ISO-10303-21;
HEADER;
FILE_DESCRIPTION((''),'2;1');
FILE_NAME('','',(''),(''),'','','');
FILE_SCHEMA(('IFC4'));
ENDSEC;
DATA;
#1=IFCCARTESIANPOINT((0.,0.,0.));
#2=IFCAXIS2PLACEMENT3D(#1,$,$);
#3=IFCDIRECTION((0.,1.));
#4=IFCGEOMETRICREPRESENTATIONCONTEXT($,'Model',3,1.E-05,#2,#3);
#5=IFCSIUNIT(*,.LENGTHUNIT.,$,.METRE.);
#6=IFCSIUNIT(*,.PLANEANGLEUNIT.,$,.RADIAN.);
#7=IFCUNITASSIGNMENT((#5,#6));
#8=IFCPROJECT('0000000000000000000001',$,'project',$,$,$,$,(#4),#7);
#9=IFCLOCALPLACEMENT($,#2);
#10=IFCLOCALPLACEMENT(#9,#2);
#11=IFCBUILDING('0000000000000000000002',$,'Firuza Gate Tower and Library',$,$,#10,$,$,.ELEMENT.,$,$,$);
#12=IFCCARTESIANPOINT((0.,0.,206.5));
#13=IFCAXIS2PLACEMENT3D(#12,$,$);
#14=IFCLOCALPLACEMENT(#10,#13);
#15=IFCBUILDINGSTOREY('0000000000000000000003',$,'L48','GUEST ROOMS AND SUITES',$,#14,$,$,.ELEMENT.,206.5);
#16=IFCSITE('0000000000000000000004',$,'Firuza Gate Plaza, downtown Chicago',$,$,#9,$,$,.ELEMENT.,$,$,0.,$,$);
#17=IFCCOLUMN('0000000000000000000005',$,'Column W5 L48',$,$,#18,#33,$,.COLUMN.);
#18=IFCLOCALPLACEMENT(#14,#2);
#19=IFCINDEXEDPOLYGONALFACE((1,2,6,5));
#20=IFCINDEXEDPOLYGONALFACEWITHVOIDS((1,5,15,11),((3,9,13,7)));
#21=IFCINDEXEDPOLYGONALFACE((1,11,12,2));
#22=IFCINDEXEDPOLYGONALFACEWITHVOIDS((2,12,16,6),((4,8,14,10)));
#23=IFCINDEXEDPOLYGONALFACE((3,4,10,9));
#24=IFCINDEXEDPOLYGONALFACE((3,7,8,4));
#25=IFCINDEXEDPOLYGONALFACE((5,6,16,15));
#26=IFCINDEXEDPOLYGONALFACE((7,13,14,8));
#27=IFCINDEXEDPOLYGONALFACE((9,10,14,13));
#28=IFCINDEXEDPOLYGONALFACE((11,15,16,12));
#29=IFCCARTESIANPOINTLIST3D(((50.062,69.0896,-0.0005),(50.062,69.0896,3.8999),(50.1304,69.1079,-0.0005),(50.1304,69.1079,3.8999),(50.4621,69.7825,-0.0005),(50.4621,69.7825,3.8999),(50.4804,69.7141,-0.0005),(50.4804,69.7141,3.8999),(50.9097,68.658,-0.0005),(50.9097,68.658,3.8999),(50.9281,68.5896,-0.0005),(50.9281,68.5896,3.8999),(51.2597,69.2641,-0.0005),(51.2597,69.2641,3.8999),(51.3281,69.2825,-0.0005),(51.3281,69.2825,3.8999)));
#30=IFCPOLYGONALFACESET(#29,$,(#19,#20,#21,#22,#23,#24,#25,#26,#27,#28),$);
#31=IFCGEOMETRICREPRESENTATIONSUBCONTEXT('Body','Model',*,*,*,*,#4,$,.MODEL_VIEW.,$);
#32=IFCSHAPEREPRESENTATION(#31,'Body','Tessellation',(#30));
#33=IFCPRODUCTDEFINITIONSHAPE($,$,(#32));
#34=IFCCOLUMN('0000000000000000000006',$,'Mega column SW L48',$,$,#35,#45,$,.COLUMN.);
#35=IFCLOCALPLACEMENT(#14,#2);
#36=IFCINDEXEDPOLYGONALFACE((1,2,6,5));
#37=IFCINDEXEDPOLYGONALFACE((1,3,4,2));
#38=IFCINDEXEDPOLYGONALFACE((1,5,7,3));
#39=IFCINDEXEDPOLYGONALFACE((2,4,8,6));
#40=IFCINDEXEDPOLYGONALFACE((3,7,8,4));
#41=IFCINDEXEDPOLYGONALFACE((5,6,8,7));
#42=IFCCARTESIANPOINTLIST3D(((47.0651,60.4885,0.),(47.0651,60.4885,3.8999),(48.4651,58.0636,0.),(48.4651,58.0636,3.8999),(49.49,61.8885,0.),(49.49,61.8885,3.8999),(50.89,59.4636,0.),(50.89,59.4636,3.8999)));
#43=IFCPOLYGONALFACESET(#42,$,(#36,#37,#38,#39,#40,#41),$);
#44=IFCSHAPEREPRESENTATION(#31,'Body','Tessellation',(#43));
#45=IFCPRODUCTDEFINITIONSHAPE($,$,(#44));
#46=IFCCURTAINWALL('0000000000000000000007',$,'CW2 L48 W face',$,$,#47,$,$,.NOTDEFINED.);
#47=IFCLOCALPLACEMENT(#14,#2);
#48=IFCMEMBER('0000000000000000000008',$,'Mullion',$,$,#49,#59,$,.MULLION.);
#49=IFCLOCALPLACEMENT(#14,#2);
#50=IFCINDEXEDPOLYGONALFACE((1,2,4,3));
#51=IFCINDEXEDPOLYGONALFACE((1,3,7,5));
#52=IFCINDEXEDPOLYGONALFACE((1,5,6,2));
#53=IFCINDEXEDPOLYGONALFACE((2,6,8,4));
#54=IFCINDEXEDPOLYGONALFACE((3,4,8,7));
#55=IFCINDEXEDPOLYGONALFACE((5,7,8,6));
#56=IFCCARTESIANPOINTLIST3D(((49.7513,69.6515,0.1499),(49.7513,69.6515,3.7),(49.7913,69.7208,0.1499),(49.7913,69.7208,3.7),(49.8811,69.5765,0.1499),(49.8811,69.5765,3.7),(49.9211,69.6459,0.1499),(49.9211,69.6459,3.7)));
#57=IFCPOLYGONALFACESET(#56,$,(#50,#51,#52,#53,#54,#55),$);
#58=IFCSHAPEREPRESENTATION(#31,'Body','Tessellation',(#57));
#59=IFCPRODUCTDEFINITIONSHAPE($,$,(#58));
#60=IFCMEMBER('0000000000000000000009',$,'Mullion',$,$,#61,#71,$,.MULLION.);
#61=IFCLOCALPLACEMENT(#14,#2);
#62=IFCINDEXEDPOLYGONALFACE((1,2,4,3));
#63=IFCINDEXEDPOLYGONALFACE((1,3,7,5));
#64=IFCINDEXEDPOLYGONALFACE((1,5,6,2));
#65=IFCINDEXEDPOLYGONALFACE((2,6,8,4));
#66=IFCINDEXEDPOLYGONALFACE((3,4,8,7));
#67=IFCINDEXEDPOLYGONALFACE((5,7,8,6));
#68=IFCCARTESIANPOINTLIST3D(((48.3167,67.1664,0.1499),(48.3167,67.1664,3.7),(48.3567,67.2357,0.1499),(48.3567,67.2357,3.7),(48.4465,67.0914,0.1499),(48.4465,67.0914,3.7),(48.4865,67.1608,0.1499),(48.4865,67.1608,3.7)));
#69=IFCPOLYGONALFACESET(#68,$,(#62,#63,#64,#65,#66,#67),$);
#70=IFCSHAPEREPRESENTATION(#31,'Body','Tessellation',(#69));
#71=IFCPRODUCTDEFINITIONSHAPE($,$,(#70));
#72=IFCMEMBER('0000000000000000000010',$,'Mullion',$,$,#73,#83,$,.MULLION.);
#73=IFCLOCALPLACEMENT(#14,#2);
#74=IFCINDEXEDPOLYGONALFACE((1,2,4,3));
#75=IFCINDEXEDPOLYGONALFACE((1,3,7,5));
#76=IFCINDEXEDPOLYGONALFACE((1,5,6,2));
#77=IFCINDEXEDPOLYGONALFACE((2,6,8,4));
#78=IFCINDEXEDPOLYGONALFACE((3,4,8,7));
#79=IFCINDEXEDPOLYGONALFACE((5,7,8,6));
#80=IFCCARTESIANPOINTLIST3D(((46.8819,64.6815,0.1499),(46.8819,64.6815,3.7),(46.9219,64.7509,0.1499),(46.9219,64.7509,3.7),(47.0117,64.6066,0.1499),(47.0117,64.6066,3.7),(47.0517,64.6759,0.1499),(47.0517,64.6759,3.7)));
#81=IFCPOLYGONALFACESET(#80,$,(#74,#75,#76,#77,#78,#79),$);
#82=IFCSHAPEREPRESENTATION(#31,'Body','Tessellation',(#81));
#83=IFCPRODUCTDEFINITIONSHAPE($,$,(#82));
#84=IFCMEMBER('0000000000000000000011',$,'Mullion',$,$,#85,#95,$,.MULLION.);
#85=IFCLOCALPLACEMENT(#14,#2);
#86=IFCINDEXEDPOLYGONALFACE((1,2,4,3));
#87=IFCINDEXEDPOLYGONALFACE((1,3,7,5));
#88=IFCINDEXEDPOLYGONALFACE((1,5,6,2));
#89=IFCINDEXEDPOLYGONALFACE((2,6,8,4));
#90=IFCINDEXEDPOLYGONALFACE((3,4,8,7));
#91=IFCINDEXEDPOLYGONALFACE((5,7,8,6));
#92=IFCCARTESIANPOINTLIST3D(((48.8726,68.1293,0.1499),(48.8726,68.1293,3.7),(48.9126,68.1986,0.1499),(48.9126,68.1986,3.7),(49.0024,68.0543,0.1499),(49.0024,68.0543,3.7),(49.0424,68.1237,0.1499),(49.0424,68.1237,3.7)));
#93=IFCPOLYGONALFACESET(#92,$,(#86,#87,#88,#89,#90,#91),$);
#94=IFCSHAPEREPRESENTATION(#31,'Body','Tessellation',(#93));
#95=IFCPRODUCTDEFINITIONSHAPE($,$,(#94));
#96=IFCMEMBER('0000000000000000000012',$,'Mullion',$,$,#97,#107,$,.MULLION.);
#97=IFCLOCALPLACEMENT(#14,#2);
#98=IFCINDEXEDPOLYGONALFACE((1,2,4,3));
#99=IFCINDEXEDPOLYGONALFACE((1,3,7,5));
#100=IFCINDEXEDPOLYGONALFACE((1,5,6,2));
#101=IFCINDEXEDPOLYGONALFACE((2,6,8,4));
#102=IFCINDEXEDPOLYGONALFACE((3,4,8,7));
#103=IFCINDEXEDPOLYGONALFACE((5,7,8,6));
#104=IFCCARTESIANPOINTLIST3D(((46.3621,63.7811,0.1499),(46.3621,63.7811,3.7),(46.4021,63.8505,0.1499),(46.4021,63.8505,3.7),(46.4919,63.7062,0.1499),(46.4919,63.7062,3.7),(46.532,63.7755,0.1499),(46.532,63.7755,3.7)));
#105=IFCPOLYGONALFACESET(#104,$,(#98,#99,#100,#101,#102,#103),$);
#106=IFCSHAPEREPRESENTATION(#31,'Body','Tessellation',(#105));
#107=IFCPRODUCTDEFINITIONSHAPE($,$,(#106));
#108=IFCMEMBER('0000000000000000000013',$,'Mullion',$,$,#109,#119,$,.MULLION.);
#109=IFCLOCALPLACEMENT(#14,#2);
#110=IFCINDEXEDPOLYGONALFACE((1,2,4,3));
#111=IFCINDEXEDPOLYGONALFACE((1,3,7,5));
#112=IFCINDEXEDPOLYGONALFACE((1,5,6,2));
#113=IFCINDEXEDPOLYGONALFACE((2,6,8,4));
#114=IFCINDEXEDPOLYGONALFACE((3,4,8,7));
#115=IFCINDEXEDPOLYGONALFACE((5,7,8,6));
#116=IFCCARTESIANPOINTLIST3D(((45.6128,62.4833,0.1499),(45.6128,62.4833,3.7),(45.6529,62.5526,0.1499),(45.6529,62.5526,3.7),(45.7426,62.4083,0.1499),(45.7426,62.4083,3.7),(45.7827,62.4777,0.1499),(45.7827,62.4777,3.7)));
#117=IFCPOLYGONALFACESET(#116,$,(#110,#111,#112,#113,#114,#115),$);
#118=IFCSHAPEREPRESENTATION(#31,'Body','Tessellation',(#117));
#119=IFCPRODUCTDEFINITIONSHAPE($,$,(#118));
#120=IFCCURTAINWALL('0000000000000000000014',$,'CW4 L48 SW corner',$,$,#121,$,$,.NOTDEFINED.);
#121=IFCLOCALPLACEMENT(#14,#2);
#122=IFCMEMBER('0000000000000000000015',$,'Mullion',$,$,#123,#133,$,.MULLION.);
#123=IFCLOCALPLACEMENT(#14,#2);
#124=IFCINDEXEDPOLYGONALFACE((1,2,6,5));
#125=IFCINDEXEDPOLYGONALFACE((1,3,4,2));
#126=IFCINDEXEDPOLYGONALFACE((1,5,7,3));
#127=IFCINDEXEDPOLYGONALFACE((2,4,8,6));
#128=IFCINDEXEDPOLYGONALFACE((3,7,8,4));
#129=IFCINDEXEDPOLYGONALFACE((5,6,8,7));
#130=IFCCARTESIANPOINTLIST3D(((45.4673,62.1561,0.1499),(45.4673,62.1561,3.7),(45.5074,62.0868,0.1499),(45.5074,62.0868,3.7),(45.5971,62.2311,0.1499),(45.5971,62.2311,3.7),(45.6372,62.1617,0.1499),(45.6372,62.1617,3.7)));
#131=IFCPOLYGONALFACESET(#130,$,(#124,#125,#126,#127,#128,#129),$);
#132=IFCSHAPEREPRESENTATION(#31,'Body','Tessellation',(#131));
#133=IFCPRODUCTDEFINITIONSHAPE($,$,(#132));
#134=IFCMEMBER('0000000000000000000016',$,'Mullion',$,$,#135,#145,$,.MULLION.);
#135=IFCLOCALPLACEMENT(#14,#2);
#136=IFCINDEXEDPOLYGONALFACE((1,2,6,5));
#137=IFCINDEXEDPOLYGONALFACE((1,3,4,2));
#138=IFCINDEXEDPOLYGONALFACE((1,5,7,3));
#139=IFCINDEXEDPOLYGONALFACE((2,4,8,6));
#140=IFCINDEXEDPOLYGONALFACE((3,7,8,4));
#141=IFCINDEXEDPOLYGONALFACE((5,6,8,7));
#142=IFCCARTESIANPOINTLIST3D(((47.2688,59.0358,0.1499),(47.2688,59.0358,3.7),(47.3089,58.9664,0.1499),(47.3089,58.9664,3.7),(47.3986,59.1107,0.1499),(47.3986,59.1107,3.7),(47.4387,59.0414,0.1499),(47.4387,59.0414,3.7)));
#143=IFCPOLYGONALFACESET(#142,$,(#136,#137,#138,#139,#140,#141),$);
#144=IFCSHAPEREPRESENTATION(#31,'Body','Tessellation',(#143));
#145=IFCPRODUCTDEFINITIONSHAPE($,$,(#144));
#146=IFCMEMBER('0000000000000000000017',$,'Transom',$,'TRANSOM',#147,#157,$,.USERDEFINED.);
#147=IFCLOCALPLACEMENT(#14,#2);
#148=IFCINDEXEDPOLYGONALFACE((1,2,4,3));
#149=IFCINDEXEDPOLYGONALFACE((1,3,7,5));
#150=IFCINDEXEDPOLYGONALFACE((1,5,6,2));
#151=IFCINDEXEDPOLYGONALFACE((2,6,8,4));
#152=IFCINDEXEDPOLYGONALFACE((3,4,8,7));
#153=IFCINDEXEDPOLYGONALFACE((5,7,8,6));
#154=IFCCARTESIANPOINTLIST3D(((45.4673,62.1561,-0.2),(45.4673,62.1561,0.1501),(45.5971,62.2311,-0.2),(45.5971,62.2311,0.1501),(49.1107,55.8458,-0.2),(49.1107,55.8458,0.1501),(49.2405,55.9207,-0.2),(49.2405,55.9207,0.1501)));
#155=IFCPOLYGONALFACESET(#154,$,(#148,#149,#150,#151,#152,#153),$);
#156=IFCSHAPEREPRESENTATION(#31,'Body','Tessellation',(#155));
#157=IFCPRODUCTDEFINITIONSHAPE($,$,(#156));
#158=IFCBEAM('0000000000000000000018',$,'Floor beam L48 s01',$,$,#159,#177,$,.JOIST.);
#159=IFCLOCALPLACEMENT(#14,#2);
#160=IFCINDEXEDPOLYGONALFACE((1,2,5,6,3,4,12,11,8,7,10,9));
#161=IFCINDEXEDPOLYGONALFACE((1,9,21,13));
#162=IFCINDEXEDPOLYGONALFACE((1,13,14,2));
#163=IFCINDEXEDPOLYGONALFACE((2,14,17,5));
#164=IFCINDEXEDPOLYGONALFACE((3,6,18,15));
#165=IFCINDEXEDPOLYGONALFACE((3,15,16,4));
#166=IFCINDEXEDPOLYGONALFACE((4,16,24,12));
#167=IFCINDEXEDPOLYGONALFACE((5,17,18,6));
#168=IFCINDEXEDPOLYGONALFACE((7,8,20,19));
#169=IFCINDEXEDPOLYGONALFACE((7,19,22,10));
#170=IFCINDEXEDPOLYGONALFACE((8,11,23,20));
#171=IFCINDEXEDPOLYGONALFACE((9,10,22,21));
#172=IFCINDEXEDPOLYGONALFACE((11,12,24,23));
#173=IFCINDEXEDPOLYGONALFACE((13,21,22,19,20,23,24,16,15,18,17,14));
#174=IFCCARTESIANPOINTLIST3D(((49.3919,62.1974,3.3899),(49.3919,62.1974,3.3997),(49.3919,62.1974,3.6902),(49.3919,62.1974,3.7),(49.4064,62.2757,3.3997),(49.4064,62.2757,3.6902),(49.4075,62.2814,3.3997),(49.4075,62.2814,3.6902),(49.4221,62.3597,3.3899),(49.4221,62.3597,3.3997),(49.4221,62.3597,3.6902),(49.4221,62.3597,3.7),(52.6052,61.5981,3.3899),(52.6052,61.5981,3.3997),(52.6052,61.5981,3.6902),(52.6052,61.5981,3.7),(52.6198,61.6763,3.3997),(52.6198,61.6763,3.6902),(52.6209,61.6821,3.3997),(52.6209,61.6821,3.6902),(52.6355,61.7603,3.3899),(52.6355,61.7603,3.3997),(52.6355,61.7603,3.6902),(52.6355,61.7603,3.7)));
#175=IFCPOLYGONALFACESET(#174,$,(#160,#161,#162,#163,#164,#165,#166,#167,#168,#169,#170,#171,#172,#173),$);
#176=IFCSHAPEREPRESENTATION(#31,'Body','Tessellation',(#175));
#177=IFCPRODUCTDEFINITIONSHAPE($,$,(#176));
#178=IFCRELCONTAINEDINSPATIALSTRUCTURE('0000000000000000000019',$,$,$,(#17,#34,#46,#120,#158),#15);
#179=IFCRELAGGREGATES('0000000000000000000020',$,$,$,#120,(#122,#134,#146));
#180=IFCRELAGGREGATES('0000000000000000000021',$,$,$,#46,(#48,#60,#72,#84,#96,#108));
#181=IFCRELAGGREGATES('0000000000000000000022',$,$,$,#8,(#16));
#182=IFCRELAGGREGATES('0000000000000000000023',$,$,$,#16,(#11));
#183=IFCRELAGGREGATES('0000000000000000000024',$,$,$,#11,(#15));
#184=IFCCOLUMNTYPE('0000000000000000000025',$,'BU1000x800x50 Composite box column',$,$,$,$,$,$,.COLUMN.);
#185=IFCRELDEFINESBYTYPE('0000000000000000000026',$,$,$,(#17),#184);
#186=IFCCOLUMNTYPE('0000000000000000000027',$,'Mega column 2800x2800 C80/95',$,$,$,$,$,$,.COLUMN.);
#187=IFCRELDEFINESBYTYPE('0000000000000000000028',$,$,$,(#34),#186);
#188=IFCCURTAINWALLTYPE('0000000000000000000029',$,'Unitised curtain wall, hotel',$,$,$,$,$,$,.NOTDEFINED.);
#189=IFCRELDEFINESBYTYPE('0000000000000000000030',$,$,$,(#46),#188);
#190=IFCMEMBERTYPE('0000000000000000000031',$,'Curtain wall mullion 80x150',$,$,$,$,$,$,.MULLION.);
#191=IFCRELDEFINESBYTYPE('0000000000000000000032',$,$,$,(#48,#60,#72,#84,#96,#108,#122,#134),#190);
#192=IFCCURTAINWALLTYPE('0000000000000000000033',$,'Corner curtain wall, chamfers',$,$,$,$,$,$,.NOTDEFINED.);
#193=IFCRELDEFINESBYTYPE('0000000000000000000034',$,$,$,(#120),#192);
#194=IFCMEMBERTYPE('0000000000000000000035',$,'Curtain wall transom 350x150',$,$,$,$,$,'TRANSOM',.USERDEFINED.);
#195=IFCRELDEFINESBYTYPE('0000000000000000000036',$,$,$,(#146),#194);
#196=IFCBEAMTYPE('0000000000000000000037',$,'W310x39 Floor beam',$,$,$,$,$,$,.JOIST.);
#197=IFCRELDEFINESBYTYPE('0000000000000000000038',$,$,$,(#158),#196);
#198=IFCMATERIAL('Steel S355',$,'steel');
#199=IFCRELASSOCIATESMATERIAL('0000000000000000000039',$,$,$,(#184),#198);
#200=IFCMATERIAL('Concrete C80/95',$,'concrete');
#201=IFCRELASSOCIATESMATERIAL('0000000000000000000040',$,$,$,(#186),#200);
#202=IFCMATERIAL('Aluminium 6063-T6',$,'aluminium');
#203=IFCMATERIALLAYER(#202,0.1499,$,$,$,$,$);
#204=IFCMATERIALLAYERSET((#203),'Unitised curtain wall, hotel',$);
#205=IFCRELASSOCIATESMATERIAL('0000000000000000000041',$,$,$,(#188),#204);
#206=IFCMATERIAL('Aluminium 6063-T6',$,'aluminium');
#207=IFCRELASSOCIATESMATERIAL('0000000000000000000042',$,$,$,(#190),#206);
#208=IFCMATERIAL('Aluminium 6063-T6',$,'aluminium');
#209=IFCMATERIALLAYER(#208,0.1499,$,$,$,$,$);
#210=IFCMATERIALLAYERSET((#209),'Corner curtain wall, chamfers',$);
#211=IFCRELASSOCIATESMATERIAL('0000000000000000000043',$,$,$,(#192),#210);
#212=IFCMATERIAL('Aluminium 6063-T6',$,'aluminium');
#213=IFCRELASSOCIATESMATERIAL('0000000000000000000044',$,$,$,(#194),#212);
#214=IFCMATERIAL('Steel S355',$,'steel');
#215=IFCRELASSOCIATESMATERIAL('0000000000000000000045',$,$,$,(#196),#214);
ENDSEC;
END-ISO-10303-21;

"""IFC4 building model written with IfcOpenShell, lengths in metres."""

from ifc_helpers import new_model, si_unit, direction, frame, origin, origin_2d, place, context, subcontext, project, spatial, rectangle, hollow_rectangle, i_section, extrude, material, layer, layer_set, material_profile, profile_set, type_object, element, aggregate, save


model = new_model("IFC4")

# Units and contexts
model_context = context("Model", 3, precision=1e-05, world=origin(), true_north=direction((0.0, 1.0)))
body_context = subcontext(model_context, "Body", "Model", "MODEL_VIEW")
ifc_project = project(units=[si_unit("LENGTHUNIT", "METRE"), si_unit("PLANEANGLEUNIT", "RADIAN")], contexts=[model_context])

# Site, building, storey
site_placement = place(None, origin())
site = spatial("IfcSite", under=ifc_project, at=site_placement, Name="Firuza Gate Plaza, downtown Chicago", CompositionType="ELEMENT", RefElevation=0.0)
building_placement = place(site_placement, origin())
building = spatial("IfcBuilding", under=site, at=building_placement, Name="Firuza Gate Tower and Library", CompositionType="ELEMENT")
storey_placement = place(building_placement, frame((0.0, 0.0, 206.5)))
storey = spatial("IfcBuildingStorey", under=building, at=storey_placement, Name="L48", Description="GUEST ROOMS AND SUITES", CompositionType="ELEMENT", Elevation=206.5)

# Columns
ifc_material_1 = material(Name="Steel S355", Category="steel")
ifc_material_profile_1 = material_profile(ifc_material_1, hollow_rectangle(XDim=0.8, YDim=1.0, WallThickness=0.05, at=origin_2d()))
ifc_profile_set_1 = profile_set([ifc_material_profile_1], Name="Steel S355")
column_type_1 = type_object("IfcColumnType", Name="BU1000x800x50 Composite box column", PredefinedType="COLUMN", material=ifc_profile_set_1)
column_1_placement = place(storey_placement, frame((50.6951, 69.186, -0.0005), z_axis=(0.0, 0.0, 1.0), x_axis=(-0.5, -0.866025, 0.0)))
element("IfcColumn", 1, at=column_1_placement, inside=storey, type_object=column_type_1, Name="Column W5 L48", PredefinedType="COLUMN", context=body_context, shape_type="SweptSolid", body=[
    extrude(hollow_rectangle(XDim=0.8, YDim=1.0, WallThickness=0.05, at=origin_2d()), origin(), (0.0, 0.0, 1.0), 3.9004),
])
ifc_material_2 = material(Name="Concrete C80/95", Category="concrete")
ifc_material_profile_2 = material_profile(ifc_material_2, rectangle(XDim=2.8, YDim=2.8, at=origin_2d()))
ifc_profile_set_2 = profile_set([ifc_material_profile_2], Name="Concrete C80/95")
column_type_2 = type_object("IfcColumnType", Name="Mega column 2800x2800 C80/95", PredefinedType="COLUMN", material=ifc_profile_set_2)
column_2_placement = place(storey_placement, frame((48.9775, 59.9761, 0.0), z_axis=(0.0, 0.0, 1.0), x_axis=(0.5, -0.866025, 0.0)))
element("IfcColumn", 2, at=column_2_placement, inside=storey, type_object=column_type_2, Name="Mega column SW L48", PredefinedType="COLUMN", context=body_context, shape_type="SweptSolid", body=[
    extrude(rectangle(XDim=2.8, YDim=2.8, at=origin_2d()), origin(), (0.0, 0.0, 1.0), 3.8999),
])

# Curtain walls, members
ifc_material_3 = material(Name="Aluminium 6063-T6", Category="aluminium")
ifc_layer_1 = layer(ifc_material_3, 0.1499)
ifc_layer_set_1 = layer_set([ifc_layer_1], Name="Unitised curtain wall, hotel")
curtain_wall_type_1 = type_object("IfcCurtainWallType", Name="Unitised curtain wall, hotel", PredefinedType="NOTDEFINED", material=ifc_layer_set_1)
placement = place(storey_placement, origin())
curtain_wall_1 = element("IfcCurtainWall", 3, at=placement, inside=storey, type_object=curtain_wall_type_1, Name="CW2 L48 W face", PredefinedType="NOTDEFINED")
ifc_material_4 = material(Name="Aluminium 6063-T6", Category="aluminium")
ifc_material_profile_3 = material_profile(ifc_material_4, rectangle(XDim=0.1499, YDim=0.0801, at=origin_2d()))
ifc_profile_set_3 = profile_set([ifc_material_profile_3], Name="Aluminium 6063-T6")
member_type_1 = type_object("IfcMemberType", Name="Curtain wall mullion 80x150", PredefinedType="MULLION", material=ifc_profile_set_3)
member_1_placement = place(storey_placement, frame((49.8362, 69.6487, 0.1499), z_axis=(0.0, 0.0, 1.0), x_axis=(0.866025, -0.5, 0.0)))
member_1 = element("IfcMember", 4, at=member_1_placement, type_object=member_type_1, Name="Mullion", PredefinedType="MULLION", context=body_context, shape_type="SweptSolid", body=[
    extrude(rectangle(XDim=0.1499, YDim=0.0801, at=origin_2d()), origin(), (0.0, 0.0, 1.0), 3.55),
])
member_2_placement = place(storey_placement, frame((48.4016, 67.1636, 0.1499), z_axis=(0.0, 0.0, 1.0), x_axis=(0.866025, -0.5, 0.0)))
member_2 = element("IfcMember", 5, at=member_2_placement, type_object=member_type_1, Name="Mullion", PredefinedType="MULLION", context=body_context, shape_type="SweptSolid", body=[
    extrude(rectangle(XDim=0.1499, YDim=0.0801, at=origin_2d()), origin(), (0.0, 0.0, 1.0), 3.55),
])
member_3_placement = place(storey_placement, frame((46.9668, 64.6787, 0.1499), z_axis=(0.0, 0.0, 1.0), x_axis=(0.866025, -0.5, 0.0)))
member_3 = element("IfcMember", 6, at=member_3_placement, type_object=member_type_1, Name="Mullion", PredefinedType="MULLION", context=body_context, shape_type="SweptSolid", body=[
    extrude(rectangle(XDim=0.1499, YDim=0.0801, at=origin_2d()), origin(), (0.0, 0.0, 1.0), 3.55),
])
member_4_placement = place(storey_placement, frame((48.9575, 68.1265, 0.1499), z_axis=(0.0, 0.0, 1.0), x_axis=(0.866025, -0.5, 0.0)))
member_4 = element("IfcMember", 7, at=member_4_placement, type_object=member_type_1, Name="Mullion", PredefinedType="MULLION", context=body_context, shape_type="SweptSolid", body=[
    extrude(rectangle(XDim=0.1499, YDim=0.0801, at=origin_2d()), origin(), (0.0, 0.0, 1.0), 3.55),
])
member_5_placement = place(storey_placement, frame((46.447, 63.7783, 0.1499), z_axis=(0.0, 0.0, 1.0), x_axis=(0.866025, -0.5, 0.0)))
member_5 = element("IfcMember", 8, at=member_5_placement, type_object=member_type_1, Name="Mullion", PredefinedType="MULLION", context=body_context, shape_type="SweptSolid", body=[
    extrude(rectangle(XDim=0.1499, YDim=0.0801, at=origin_2d()), origin(), (0.0, 0.0, 1.0), 3.55),
])
member_6_placement = place(storey_placement, frame((45.6978, 62.4805, 0.1499), z_axis=(0.0, 0.0, 1.0), x_axis=(0.866025, -0.5, 0.0)))
member_6 = element("IfcMember", 9, at=member_6_placement, type_object=member_type_1, Name="Mullion", PredefinedType="MULLION", context=body_context, shape_type="SweptSolid", body=[
    extrude(rectangle(XDim=0.1499, YDim=0.0801, at=origin_2d()), origin(), (0.0, 0.0, 1.0), 3.55),
])
ifc_material_5 = material(Name="Aluminium 6063-T6", Category="aluminium")
ifc_layer_2 = layer(ifc_material_5, 0.1499)
ifc_layer_set_2 = layer_set([ifc_layer_2], Name="Corner curtain wall, chamfers")
curtain_wall_type_2 = type_object("IfcCurtainWallType", Name="Corner curtain wall, chamfers", PredefinedType="NOTDEFINED", material=ifc_layer_set_2)
curtain_wall_2 = element("IfcCurtainWall", 10, at=placement, inside=storey, type_object=curtain_wall_type_2, Name="CW4 L48 SW corner", PredefinedType="NOTDEFINED")
member_7_placement = place(storey_placement, frame((45.5522, 62.1589, 0.1499), z_axis=(0.0, 0.0, 1.0), x_axis=(0.866025, 0.5, 0.0)))
member_7 = element("IfcMember", 11, at=member_7_placement, type_object=member_type_1, Name="Mullion", PredefinedType="MULLION", context=body_context, shape_type="SweptSolid", body=[
    extrude(rectangle(XDim=0.1499, YDim=0.0801, at=origin_2d()), origin(), (0.0, 0.0, 1.0), 3.55),
])
member_8_placement = place(storey_placement, frame((47.3538, 59.0386, 0.1499), z_axis=(0.0, 0.0, 1.0), x_axis=(0.866025, 0.5, 0.0)))
member_8 = element("IfcMember", 12, at=member_8_placement, type_object=member_type_1, Name="Mullion", PredefinedType="MULLION", context=body_context, shape_type="SweptSolid", body=[
    extrude(rectangle(XDim=0.1499, YDim=0.0801, at=origin_2d()), origin(), (0.0, 0.0, 1.0), 3.55),
])
ifc_material_6 = material(Name="Aluminium 6063-T6", Category="aluminium")
ifc_material_profile_4 = material_profile(ifc_material_6, rectangle(XDim=0.1499, YDim=0.3501, at=origin_2d()))
ifc_profile_set_4 = profile_set([ifc_material_profile_4], Name="Aluminium 6063-T6")
member_type_2 = type_object("IfcMemberType", Name="Curtain wall transom 350x150", ElementType="TRANSOM", PredefinedType="USERDEFINED", material=ifc_profile_set_4)
member_9_placement = place(storey_placement, frame((45.5322, 62.1936, -0.0249), z_axis=(0.500006, -0.866022, 0.0), x_axis=(0.866022, 0.500006, 0.0)))
member_9 = element("IfcMember", 13, at=member_9_placement, type_object=member_type_2, Name="Transom", ObjectType="TRANSOM", PredefinedType="USERDEFINED", context=body_context, shape_type="SweptSolid", body=[
    extrude(rectangle(XDim=0.1499, YDim=0.3501, at=origin_2d()), origin(), (0.0, 0.0, 1.0), 7.2866),
])

# Beam
ifc_material_7 = material(Name="Steel S355", Category="steel")
ifc_material_profile_5 = material_profile(ifc_material_7, i_section(OverallWidth=0.165, OverallDepth=0.3101, WebThickness=0.0059, FlangeThickness=0.0098, at=origin_2d()))
ifc_profile_set_5 = profile_set([ifc_material_profile_5], Name="Steel S355")
beam_type_1 = type_object("IfcBeamType", Name="W310x39 Floor beam", PredefinedType="JOIST", material=ifc_profile_set_5)
beam_1_placement = place(storey_placement, frame((49.407, 62.2786, 3.5449), z_axis=(0.983046, -0.18336, 0.0), x_axis=(0.18336, 0.983046, 0.0)))
element("IfcBeam", 14, at=beam_1_placement, inside=storey, type_object=beam_type_1, Name="Floor beam L48 s01", PredefinedType="JOIST", context=body_context, shape_type="SweptSolid", body=[
    extrude(i_section(OverallWidth=0.165, OverallDepth=0.3101, WebThickness=0.0059, FlangeThickness=0.0098, at=origin_2d()), origin(), (0.0, 0.0, 1.0), 3.2688),
])

aggregate(curtain_wall_2, [member_7, member_8, member_9])
aggregate(curtain_wall_1, [member_1, member_2, member_3, member_4, member_5, member_6])

save(model, "model.ifc")
